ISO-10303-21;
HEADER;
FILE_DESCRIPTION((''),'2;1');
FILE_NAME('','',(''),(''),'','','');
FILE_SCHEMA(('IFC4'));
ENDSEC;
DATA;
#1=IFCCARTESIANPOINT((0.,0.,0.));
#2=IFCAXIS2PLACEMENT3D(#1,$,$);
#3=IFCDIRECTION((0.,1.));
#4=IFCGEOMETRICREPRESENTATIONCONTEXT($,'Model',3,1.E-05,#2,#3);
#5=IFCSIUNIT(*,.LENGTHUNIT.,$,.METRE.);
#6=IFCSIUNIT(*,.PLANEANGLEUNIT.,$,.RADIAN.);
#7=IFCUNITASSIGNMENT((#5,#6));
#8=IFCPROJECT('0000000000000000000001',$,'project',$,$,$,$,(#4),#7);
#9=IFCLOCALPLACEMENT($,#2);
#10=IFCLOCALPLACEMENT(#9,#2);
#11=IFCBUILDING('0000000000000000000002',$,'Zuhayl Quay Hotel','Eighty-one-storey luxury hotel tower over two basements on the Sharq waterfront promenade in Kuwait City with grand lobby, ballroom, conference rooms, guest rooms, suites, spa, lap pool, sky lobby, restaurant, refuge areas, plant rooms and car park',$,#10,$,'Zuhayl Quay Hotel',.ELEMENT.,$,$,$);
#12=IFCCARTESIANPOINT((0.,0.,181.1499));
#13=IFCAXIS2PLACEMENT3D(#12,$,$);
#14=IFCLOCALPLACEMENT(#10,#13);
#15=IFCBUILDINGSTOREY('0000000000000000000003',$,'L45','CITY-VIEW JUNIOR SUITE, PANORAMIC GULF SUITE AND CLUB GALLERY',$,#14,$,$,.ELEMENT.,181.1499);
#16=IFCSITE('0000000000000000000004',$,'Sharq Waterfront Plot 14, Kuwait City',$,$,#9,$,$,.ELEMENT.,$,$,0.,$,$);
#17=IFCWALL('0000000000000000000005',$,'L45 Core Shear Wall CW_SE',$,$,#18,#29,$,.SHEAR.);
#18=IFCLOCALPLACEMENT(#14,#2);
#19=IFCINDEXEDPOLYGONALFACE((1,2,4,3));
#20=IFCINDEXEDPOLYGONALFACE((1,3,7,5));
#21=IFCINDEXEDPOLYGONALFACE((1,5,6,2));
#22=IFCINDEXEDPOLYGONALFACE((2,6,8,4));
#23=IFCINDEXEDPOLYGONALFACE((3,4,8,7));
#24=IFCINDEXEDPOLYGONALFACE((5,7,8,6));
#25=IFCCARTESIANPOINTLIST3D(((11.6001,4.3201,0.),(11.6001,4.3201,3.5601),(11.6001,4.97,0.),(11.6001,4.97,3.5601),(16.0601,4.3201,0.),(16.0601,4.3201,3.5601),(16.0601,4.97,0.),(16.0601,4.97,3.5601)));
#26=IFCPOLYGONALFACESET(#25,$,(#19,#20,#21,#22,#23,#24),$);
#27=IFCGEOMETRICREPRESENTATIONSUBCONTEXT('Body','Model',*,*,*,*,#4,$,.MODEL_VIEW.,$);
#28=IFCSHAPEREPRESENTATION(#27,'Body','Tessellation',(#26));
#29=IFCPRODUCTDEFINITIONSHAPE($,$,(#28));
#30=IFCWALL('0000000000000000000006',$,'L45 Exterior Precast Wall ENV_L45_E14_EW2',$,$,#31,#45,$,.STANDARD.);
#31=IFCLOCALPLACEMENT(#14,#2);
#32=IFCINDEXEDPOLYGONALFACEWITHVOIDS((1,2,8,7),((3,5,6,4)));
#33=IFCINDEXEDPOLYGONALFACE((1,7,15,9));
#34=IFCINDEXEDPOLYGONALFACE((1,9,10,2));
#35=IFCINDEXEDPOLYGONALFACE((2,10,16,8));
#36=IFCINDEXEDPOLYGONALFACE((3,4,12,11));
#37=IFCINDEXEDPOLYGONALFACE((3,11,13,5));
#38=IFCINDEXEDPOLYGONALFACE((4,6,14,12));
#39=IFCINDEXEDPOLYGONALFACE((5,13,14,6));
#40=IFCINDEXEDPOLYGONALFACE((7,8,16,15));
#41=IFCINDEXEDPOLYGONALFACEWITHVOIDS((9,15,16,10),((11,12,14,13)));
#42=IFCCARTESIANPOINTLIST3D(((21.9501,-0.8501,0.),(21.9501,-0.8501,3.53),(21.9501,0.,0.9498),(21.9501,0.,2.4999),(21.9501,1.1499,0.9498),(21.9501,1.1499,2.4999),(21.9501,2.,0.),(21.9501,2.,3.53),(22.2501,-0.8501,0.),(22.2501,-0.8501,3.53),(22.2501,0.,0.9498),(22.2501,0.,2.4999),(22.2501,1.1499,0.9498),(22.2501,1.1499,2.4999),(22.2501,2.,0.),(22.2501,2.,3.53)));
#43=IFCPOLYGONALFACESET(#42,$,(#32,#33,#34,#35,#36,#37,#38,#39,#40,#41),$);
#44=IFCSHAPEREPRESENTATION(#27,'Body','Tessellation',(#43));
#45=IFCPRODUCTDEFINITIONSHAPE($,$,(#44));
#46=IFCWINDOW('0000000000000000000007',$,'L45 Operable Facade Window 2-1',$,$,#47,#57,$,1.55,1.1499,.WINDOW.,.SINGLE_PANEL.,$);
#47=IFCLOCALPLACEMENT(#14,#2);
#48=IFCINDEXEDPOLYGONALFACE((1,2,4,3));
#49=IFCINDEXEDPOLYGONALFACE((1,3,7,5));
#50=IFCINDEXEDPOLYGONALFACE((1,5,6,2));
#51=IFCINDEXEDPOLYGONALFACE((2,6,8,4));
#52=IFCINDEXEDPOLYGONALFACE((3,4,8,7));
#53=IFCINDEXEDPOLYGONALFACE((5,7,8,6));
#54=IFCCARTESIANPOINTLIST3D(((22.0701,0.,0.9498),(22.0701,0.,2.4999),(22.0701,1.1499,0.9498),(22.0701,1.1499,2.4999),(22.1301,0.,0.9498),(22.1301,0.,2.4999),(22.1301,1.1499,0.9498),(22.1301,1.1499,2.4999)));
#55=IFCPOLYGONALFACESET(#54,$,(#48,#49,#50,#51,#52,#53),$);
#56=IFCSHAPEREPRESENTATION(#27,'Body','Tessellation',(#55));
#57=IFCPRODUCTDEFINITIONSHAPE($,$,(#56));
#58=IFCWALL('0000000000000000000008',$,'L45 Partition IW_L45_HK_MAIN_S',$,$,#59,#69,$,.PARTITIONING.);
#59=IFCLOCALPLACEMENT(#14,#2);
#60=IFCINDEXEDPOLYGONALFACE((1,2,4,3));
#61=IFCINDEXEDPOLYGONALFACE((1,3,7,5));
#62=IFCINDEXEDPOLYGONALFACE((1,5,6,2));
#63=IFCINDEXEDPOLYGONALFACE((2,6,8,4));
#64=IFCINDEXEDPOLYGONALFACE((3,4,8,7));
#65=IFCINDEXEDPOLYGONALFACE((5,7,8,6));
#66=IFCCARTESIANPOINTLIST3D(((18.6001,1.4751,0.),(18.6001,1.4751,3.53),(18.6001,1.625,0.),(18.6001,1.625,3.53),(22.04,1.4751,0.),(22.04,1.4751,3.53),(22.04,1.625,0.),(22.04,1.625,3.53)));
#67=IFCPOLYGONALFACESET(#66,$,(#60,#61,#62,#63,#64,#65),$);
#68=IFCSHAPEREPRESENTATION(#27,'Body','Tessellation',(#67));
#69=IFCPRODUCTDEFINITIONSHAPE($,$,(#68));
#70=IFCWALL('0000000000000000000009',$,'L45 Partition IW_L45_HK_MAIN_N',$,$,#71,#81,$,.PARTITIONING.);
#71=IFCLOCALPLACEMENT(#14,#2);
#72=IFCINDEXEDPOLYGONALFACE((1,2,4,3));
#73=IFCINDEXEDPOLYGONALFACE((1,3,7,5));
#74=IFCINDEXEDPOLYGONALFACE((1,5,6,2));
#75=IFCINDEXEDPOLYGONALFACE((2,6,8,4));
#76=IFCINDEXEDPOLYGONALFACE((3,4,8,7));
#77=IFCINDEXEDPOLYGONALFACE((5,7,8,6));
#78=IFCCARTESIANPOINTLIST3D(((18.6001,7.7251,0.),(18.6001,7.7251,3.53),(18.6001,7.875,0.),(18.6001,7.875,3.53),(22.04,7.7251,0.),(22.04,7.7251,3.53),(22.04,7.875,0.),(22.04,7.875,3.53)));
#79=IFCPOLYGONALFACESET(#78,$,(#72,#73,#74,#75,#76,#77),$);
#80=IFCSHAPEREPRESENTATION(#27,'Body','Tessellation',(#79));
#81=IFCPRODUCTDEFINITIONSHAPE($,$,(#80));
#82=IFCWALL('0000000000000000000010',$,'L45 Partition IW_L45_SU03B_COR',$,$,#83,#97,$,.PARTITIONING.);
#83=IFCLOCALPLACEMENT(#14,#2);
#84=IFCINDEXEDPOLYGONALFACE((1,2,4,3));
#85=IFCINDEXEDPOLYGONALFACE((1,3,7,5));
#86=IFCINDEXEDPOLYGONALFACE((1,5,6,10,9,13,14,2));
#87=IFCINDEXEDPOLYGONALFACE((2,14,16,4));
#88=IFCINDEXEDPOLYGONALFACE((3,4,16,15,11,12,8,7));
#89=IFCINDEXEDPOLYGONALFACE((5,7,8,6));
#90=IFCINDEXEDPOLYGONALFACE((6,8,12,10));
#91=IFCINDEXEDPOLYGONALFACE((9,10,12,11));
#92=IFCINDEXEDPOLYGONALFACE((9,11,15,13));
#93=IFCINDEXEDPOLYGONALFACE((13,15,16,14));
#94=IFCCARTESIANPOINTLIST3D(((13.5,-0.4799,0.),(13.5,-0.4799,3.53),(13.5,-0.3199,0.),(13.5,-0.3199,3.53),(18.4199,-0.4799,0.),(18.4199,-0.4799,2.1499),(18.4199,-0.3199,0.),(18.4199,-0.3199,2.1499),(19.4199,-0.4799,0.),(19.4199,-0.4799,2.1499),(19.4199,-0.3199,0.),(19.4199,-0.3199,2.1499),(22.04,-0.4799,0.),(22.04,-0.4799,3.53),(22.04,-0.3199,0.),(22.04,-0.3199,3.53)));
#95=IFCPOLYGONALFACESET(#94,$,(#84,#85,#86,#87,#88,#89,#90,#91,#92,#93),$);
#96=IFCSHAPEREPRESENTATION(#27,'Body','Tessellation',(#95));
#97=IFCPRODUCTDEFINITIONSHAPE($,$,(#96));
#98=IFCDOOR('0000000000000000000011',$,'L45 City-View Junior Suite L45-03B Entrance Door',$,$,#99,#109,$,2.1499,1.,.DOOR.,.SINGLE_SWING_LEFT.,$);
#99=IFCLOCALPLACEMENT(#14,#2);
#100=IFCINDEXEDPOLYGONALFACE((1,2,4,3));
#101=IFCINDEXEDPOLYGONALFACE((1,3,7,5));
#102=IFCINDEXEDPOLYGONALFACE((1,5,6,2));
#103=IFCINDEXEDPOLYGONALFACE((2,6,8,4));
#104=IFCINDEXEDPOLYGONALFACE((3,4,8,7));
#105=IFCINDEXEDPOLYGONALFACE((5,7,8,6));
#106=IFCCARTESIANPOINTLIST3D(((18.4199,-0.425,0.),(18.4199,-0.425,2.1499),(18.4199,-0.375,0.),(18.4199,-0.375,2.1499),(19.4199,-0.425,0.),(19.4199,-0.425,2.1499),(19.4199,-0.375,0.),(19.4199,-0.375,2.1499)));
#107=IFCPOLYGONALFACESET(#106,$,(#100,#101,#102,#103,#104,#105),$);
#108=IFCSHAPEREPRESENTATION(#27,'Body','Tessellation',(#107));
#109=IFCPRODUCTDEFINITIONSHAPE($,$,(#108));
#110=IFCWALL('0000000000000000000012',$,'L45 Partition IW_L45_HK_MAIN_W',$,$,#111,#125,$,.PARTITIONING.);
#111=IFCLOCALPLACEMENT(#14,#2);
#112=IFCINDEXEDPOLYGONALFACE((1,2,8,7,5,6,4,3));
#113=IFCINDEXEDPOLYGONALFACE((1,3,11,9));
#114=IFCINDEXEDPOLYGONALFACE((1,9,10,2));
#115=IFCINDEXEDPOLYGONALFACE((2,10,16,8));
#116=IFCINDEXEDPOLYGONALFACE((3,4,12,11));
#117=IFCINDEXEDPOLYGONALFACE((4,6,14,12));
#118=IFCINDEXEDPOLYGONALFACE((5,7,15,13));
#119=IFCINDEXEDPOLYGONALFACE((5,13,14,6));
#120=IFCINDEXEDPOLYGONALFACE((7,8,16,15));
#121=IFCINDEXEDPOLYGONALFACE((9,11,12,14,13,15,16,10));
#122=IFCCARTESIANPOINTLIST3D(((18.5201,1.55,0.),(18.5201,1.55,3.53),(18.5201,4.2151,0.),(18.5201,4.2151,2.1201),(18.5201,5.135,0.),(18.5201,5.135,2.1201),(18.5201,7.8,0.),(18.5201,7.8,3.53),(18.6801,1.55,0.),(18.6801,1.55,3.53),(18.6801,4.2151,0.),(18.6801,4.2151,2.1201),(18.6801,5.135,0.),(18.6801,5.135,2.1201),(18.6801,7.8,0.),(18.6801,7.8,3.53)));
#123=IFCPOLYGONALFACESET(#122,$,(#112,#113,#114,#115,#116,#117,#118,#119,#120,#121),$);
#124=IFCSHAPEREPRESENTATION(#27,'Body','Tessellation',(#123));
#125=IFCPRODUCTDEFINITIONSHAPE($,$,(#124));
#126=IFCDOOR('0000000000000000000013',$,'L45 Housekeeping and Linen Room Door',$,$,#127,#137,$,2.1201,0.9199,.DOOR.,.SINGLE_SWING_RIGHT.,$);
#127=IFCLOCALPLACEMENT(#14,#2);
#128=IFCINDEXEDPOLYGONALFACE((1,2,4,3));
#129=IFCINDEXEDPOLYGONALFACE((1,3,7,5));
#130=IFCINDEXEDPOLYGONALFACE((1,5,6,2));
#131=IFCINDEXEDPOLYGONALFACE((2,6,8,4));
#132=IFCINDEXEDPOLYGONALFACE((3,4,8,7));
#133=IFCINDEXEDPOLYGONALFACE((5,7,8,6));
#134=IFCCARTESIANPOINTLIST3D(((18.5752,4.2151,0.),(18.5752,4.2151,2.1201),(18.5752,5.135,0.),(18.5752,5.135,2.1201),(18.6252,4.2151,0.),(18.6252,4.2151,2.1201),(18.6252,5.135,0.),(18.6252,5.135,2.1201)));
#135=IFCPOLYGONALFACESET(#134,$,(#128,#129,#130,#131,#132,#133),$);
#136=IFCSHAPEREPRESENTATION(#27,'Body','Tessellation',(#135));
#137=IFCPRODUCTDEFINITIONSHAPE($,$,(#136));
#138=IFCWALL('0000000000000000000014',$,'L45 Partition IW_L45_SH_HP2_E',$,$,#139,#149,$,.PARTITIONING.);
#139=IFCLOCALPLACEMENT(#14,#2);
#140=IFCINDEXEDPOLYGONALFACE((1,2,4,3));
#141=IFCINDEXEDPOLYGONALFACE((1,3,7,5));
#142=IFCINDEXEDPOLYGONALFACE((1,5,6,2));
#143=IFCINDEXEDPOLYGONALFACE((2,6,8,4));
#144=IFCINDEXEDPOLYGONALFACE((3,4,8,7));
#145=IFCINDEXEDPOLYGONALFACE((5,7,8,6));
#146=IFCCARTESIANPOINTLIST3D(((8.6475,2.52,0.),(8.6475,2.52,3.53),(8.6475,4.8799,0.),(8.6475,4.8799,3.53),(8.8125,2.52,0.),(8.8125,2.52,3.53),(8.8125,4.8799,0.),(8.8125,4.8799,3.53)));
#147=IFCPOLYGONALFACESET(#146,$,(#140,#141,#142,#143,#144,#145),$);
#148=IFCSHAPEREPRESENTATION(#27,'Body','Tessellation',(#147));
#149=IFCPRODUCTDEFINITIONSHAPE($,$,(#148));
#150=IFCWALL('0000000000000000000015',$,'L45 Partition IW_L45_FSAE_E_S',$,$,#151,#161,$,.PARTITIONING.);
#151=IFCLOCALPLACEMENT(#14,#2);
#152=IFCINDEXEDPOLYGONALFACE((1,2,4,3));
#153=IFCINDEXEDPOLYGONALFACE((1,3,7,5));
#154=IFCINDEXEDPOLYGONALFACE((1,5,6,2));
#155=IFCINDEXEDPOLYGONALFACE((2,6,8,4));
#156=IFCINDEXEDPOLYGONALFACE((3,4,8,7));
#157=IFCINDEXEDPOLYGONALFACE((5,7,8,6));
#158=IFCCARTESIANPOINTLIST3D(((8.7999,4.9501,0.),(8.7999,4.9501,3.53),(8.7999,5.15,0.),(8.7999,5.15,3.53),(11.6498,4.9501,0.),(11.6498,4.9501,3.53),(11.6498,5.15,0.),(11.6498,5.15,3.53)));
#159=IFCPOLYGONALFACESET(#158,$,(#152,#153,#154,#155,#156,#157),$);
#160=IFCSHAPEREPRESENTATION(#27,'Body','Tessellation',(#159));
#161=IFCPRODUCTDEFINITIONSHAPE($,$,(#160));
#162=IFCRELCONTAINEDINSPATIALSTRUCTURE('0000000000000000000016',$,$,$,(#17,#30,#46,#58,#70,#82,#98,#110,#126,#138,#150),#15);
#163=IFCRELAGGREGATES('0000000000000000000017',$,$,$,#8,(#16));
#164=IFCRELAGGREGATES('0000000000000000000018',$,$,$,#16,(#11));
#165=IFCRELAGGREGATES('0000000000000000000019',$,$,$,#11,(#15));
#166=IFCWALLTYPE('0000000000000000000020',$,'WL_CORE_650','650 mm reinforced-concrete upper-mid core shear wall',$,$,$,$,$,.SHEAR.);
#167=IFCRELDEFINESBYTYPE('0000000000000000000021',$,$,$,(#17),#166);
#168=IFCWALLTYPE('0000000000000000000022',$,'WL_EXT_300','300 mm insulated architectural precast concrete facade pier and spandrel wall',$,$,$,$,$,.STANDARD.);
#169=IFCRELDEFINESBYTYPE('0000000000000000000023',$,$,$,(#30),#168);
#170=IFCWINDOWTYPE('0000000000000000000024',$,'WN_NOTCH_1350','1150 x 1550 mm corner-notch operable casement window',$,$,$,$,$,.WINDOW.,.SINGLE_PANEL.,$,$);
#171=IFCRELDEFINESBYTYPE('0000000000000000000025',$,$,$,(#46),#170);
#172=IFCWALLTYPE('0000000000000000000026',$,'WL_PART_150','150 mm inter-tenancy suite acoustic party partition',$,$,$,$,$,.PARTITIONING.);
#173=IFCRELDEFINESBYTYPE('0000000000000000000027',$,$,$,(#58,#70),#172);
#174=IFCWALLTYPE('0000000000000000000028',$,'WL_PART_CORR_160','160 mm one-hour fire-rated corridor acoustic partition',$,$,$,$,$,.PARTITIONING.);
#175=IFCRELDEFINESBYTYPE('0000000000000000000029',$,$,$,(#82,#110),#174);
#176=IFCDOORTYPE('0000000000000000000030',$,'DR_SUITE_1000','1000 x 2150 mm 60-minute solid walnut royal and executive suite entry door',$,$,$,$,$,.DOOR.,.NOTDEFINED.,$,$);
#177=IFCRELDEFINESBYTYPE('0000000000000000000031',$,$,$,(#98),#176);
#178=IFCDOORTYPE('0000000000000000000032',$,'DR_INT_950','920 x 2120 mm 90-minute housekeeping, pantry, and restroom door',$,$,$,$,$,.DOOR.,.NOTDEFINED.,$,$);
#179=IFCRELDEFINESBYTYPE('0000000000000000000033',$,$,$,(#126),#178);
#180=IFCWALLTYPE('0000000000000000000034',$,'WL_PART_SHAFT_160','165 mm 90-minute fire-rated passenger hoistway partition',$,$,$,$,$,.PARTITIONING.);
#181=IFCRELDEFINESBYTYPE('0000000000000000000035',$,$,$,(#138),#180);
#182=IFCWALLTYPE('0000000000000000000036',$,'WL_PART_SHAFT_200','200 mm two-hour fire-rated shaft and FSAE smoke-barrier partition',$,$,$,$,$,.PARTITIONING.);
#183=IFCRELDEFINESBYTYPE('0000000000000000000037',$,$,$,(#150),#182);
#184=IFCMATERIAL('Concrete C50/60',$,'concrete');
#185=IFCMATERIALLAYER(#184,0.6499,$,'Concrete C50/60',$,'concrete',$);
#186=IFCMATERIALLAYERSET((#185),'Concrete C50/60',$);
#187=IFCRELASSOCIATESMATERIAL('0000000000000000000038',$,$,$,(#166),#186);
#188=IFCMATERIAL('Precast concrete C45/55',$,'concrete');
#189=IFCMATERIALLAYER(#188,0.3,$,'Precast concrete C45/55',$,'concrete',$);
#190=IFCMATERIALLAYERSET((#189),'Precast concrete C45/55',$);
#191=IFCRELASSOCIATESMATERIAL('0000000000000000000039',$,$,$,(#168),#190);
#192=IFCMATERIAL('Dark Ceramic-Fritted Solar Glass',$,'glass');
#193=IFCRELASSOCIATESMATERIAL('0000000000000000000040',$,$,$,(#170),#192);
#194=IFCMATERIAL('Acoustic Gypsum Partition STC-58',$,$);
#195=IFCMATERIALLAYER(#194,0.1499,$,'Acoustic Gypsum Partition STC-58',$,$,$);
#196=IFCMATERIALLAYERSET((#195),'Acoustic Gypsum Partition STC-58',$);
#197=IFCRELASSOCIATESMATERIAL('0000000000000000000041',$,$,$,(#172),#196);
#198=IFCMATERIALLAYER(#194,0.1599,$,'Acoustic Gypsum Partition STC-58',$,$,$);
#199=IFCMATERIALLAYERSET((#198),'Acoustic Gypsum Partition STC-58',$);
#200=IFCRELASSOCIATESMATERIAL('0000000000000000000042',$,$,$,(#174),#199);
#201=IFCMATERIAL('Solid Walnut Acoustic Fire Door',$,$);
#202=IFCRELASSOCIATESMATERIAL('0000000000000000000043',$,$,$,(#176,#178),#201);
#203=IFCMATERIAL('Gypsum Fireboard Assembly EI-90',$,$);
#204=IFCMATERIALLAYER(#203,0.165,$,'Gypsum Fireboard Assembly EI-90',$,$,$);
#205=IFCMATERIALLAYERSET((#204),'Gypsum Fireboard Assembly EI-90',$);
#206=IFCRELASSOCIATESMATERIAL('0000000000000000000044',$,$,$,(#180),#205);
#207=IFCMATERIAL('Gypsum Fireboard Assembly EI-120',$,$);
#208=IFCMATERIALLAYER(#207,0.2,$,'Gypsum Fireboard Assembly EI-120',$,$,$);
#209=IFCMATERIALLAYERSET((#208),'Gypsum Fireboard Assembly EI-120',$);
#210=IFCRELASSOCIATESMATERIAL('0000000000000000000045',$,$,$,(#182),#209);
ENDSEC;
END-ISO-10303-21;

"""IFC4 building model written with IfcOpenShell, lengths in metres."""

from ifc_helpers import new_model, si_unit, direction, frame, frame_2d, origin, place, context, subcontext, project, spatial, rectangle, extrude, material, layer, layer_set, type_object, element, fill, save


model = new_model("IFC4")

# Units and contexts
model_context = context("Model", 3, precision=1e-05, world=origin(), true_north=direction((0.0, 1.0)))
body_context = subcontext(model_context, "Body", "Model", "MODEL_VIEW")
ifc_project = project(units=[si_unit("LENGTHUNIT", "METRE"), si_unit("PLANEANGLEUNIT", "RADIAN")], contexts=[model_context])

# Site, building, storey
site_placement = place(None, origin())
site = spatial("IfcSite", under=ifc_project, at=site_placement, Name="Sharq Waterfront Plot 14, Kuwait City", CompositionType="ELEMENT", RefElevation=0.0)
building_placement = place(site_placement, origin())
building = spatial("IfcBuilding", under=site, at=building_placement, Name="Zuhayl Quay Hotel", Description="Eighty-one-storey luxury hotel tower over two basements on the Sharq waterfront promenade in Kuwait City with grand lobby, ballroom, conference rooms, guest rooms, suites, spa, lap pool, sky lobby, restaurant, refuge areas, plant rooms and car park", LongName="Zuhayl Quay Hotel", CompositionType="ELEMENT")
storey_placement = place(building_placement, frame((0.0, 0.0, 181.1499)))
storey = spatial("IfcBuildingStorey", under=building, at=storey_placement, Name="L45", Description="CITY-VIEW JUNIOR SUITE, PANORAMIC GULF SUITE AND CLUB GALLERY", CompositionType="ELEMENT", Elevation=181.1499)

# Shared definitions
ifc_material_1 = material(Name="Dark Ceramic-Fritted Solar Glass", Category="glass")

# Wall
ifc_material_2 = material(Name="Concrete C50/60", Category="concrete")
ifc_layer_1 = layer(ifc_material_2, 0.6499, Name="Concrete C50/60", Category="concrete")
ifc_layer_set_1 = layer_set([ifc_layer_1], Name="Concrete C50/60")
wall_type_1 = type_object("IfcWallType", Name="WL_CORE_650", Description="650 mm reinforced-concrete upper-mid core shear wall", PredefinedType="SHEAR", material=ifc_layer_set_1)
wall_1_placement = place(storey_placement, frame((11.6001, 4.645, 0.0), z_axis=(0.0, 0.0, 1.0), x_axis=(1.0, 0.0, 0.0)))
element("IfcWall", 1, at=wall_1_placement, inside=storey, type_object=wall_type_1, Name="L45 Core Shear Wall CW_SE", PredefinedType="SHEAR", context=body_context, shape_type="SweptSolid", body=[
    extrude(rectangle(XDim=4.46, YDim=0.6499, at=frame_2d((2.23, 0.0))), origin(), (0.0, 0.0, 1.0), 3.5601),
])

# Wall, opening, window
ifc_material_3 = material(Name="Precast concrete C45/55", Category="concrete")
ifc_layer_2 = layer(ifc_material_3, 0.3, Name="Precast concrete C45/55", Category="concrete")
ifc_layer_set_2 = layer_set([ifc_layer_2], Name="Precast concrete C45/55")
wall_type_2 = type_object("IfcWallType", Name="WL_EXT_300", Description="300 mm insulated architectural precast concrete facade pier and spandrel wall", PredefinedType="STANDARD", material=ifc_layer_set_2)
wall_2_placement = place(storey_placement, frame((22.1001, 2.0, 0.0), z_axis=(0.0, 0.0, 1.0), x_axis=(0.0, -1.0, 0.0)))
wall_2 = element("IfcWall", 2, at=wall_2_placement, inside=storey, type_object=wall_type_2, Name="L45 Exterior Precast Wall ENV_L45_E14_EW2", PredefinedType="STANDARD", context=body_context, shape_type="SweptSolid", body=[
    extrude(rectangle(XDim=2.8501, YDim=0.3, at=frame_2d((1.425, 0.0))), origin(), (0.0, 0.0, 1.0), 3.53),
])
opening_1_placement = place(wall_2_placement, frame((0.8501, 0.0, 0.95)))
opening_1 = element("IfcOpeningElement", 3, at=opening_1_placement, cuts=wall_2, PredefinedType="OPENING", context=body_context, shape_type="SweptSolid", body=[
    extrude(rectangle(XDim=1.1499, YDim=1.55, at=frame_2d((0.575, 0.7749))), frame((0.0, 0.1599, 0.0), z_axis=(0.0, -1.0, 0.0), x_axis=(1.0, 0.0, 0.0)), (0.0, 0.0, 1.0), 0.3201),
])
window_type = type_object("IfcWindowType", Name="WN_NOTCH_1350", Description="1150 x 1550 mm corner-notch operable casement window", PartitioningType="SINGLE_PANEL", PredefinedType="WINDOW", material=ifc_material_1)
window_placement = place(opening_1_placement, origin())
window = element("IfcWindow", 4, at=window_placement, inside=storey, type_object=window_type, Name="L45 Operable Facade Window 2-1", OverallHeight=1.55, OverallWidth=1.1499, PartitioningType="SINGLE_PANEL", PredefinedType="WINDOW", context=body_context, shape_type="SweptSolid", body=[
    extrude(rectangle(XDim=1.1499, YDim=1.55, at=frame_2d((0.575, 0.7749))), frame((0.0, 0.03, 0.0), z_axis=(0.0, -1.0, 0.0), x_axis=(1.0, 0.0, 0.0)), (0.0, 0.0, 1.0), 0.0601),
])
fill(opening_1, window)

# Walls
ifc_material_4 = material(Name="Acoustic Gypsum Partition STC-58")
ifc_layer_3 = layer(ifc_material_4, 0.1499, Name="Acoustic Gypsum Partition STC-58")
ifc_layer_set_3 = layer_set([ifc_layer_3], Name="Acoustic Gypsum Partition STC-58")
wall_type_3 = type_object("IfcWallType", Name="WL_PART_150", Description="150 mm inter-tenancy suite acoustic party partition", PredefinedType="PARTITIONING", material=ifc_layer_set_3)
for number, where, z_axis, x_axis, name in (
    (5, (18.6001, 1.55, 0.0), (0.0, 0.0, 1.0), (1.0, 0.0, 0.0), "L45 Partition IW_L45_HK_MAIN_S"),
    (6, (18.6001, 7.8, 0.0), (0.0, 0.0, 1.0), (1.0, 0.0, 0.0), "L45 Partition IW_L45_HK_MAIN_N"),
):
    element("IfcWall", number, at=place(storey_placement, frame(where, z_axis=z_axis, x_axis=x_axis)), inside=storey, type_object=wall_type_3, Name=name, PredefinedType="PARTITIONING", context=body_context, shape_type="SweptSolid", body=[
        extrude(rectangle(XDim=3.4399, YDim=0.1499, at=frame_2d((1.72, 0.0))), origin(), (0.0, 0.0, 1.0), 3.53),
    ])

# Walls, openings, doors
ifc_layer_4 = layer(ifc_material_4, 0.1599, Name="Acoustic Gypsum Partition STC-58")
ifc_layer_set_4 = layer_set([ifc_layer_4], Name="Acoustic Gypsum Partition STC-58")
wall_type_4 = type_object("IfcWallType", Name="WL_PART_CORR_160", Description="160 mm one-hour fire-rated corridor acoustic partition", PredefinedType="PARTITIONING", material=ifc_layer_set_4)
wall_3_placement = place(storey_placement, frame((13.5, -0.3999, 0.0), z_axis=(0.0, 0.0, 1.0), x_axis=(1.0, 0.0, 0.0)))
wall_3 = element("IfcWall", 7, at=wall_3_placement, inside=storey, type_object=wall_type_4, Name="L45 Partition IW_L45_SU03B_COR", PredefinedType="PARTITIONING", context=body_context, shape_type="SweptSolid", body=[
    extrude(rectangle(XDim=8.54, YDim=0.1599, at=frame_2d((4.27, 0.0))), origin(), (0.0, 0.0, 1.0), 3.53),
])
opening_2_placement = place(wall_3_placement, frame((4.9199, 0.0, 0.0)))
opening_2 = element("IfcOpeningElement", 8, at=opening_2_placement, cuts=wall_3, PredefinedType="OPENING", context=body_context, shape_type="SweptSolid", body=[
    extrude(rectangle(XDim=1.0, YDim=2.1499, at=frame_2d((0.5, 1.075))), frame((0.0, 0.0898, 0.0), z_axis=(0.0, -1.0, 0.0), x_axis=(1.0, 0.0, 0.0)), (0.0, 0.0, 1.0), 0.1799),
])
ifc_material_5 = material(Name="Solid Walnut Acoustic Fire Door")
door_type_1 = type_object("IfcDoorType", Name="DR_SUITE_1000", Description="1000 x 2150 mm 60-minute solid walnut royal and executive suite entry door", OperationType="NOTDEFINED", PredefinedType="DOOR", material=ifc_material_5)
door_1_placement = place(opening_2_placement, origin())
door_1 = element("IfcDoor", 9, at=door_1_placement, inside=storey, type_object=door_type_1, Name="L45 City-View Junior Suite L45-03B Entrance Door", OperationType="SINGLE_SWING_LEFT", OverallHeight=2.1499, OverallWidth=1.0, PredefinedType="DOOR", context=body_context, shape_type="SweptSolid", body=[
    extrude(rectangle(XDim=1.0, YDim=2.1499, at=frame_2d((0.5, 1.075))), frame((0.0, 0.0249, 0.0), z_axis=(0.0, -1.0, 0.0), x_axis=(1.0, 0.0, 0.0)), (0.0, 0.0, 1.0), 0.05),
])
fill(opening_2, door_1)
wall_4_placement = place(storey_placement, frame((18.6001, 1.55, 0.0), z_axis=(0.0, 0.0, 1.0), x_axis=(0.0, 1.0, 0.0)))
wall_4 = element("IfcWall", 10, at=wall_4_placement, inside=storey, type_object=wall_type_4, Name="L45 Partition IW_L45_HK_MAIN_W", PredefinedType="PARTITIONING", context=body_context, shape_type="SweptSolid", body=[
    extrude(rectangle(XDim=6.25, YDim=0.1599, at=frame_2d((3.125, 0.0))), origin(), (0.0, 0.0, 1.0), 3.53),
])
opening_3_placement = place(wall_4_placement, frame((2.665, 0.0, 0.0)))
opening_3 = element("IfcOpeningElement", 11, at=opening_3_placement, cuts=wall_4, PredefinedType="OPENING", context=body_context, shape_type="SweptSolid", body=[
    extrude(rectangle(XDim=0.9199, YDim=2.1201, at=frame_2d((0.46, 1.0601))), frame((0.0, 0.0898, 0.0), z_axis=(0.0, -1.0, 0.0), x_axis=(1.0, 0.0, 0.0)), (0.0, 0.0, 1.0), 0.1799),
])
door_type_2 = type_object("IfcDoorType", Name="DR_INT_950", Description="920 x 2120 mm 90-minute housekeeping, pantry, and restroom door", OperationType="NOTDEFINED", PredefinedType="DOOR", material=ifc_material_5)
door_2_placement = place(opening_3_placement, origin())
door_2 = element("IfcDoor", 12, at=door_2_placement, inside=storey, type_object=door_type_2, Name="L45 Housekeeping and Linen Room Door", OperationType="SINGLE_SWING_RIGHT", OverallHeight=2.1201, OverallWidth=0.9199, PredefinedType="DOOR", context=body_context, shape_type="SweptSolid", body=[
    extrude(rectangle(XDim=0.9199, YDim=2.1201, at=frame_2d((0.46, 1.0601))), frame((0.0, 0.0249, 0.0), z_axis=(0.0, -1.0, 0.0), x_axis=(1.0, 0.0, 0.0)), (0.0, 0.0, 1.0), 0.05),
])
fill(opening_3, door_2)

# Walls
ifc_material_6 = material(Name="Gypsum Fireboard Assembly EI-90")
ifc_layer_5 = layer(ifc_material_6, 0.165, Name="Gypsum Fireboard Assembly EI-90")
ifc_layer_set_5 = layer_set([ifc_layer_5], Name="Gypsum Fireboard Assembly EI-90")
wall_type_5 = type_object("IfcWallType", Name="WL_PART_SHAFT_160", Description="165 mm 90-minute fire-rated passenger hoistway partition", PredefinedType="PARTITIONING", material=ifc_layer_set_5)
wall_5_placement = place(storey_placement, frame((8.73, 2.52, 0.0), z_axis=(0.0, 0.0, 1.0), x_axis=(0.0, 1.0, 0.0)))
element("IfcWall", 13, at=wall_5_placement, inside=storey, type_object=wall_type_5, Name="L45 Partition IW_L45_SH_HP2_E", PredefinedType="PARTITIONING", context=body_context, shape_type="SweptSolid", body=[
    extrude(rectangle(XDim=2.3599, YDim=0.165, at=frame_2d((1.1799, 0.0))), origin(), (0.0, 0.0, 1.0), 3.53),
])
ifc_material_7 = material(Name="Gypsum Fireboard Assembly EI-120")
ifc_layer_6 = layer(ifc_material_7, 0.2, Name="Gypsum Fireboard Assembly EI-120")
ifc_layer_set_6 = layer_set([ifc_layer_6], Name="Gypsum Fireboard Assembly EI-120")
wall_type_6 = type_object("IfcWallType", Name="WL_PART_SHAFT_200", Description="200 mm two-hour fire-rated shaft and FSAE smoke-barrier partition", PredefinedType="PARTITIONING", material=ifc_layer_set_6)
wall_6_placement = place(storey_placement, frame((8.8, 5.05, 0.0), z_axis=(0.0, 0.0, 1.0), x_axis=(1.0, 0.0, 0.0)))
element("IfcWall", 14, at=wall_6_placement, inside=storey, type_object=wall_type_6, Name="L45 Partition IW_L45_FSAE_E_S", PredefinedType="PARTITIONING", context=body_context, shape_type="SweptSolid", body=[
    extrude(rectangle(XDim=2.8499, YDim=0.2, at=frame_2d((1.4248, 0.0))), origin(), (0.0, 0.0, 1.0), 3.53),
])

save(model, "model.ifc")
